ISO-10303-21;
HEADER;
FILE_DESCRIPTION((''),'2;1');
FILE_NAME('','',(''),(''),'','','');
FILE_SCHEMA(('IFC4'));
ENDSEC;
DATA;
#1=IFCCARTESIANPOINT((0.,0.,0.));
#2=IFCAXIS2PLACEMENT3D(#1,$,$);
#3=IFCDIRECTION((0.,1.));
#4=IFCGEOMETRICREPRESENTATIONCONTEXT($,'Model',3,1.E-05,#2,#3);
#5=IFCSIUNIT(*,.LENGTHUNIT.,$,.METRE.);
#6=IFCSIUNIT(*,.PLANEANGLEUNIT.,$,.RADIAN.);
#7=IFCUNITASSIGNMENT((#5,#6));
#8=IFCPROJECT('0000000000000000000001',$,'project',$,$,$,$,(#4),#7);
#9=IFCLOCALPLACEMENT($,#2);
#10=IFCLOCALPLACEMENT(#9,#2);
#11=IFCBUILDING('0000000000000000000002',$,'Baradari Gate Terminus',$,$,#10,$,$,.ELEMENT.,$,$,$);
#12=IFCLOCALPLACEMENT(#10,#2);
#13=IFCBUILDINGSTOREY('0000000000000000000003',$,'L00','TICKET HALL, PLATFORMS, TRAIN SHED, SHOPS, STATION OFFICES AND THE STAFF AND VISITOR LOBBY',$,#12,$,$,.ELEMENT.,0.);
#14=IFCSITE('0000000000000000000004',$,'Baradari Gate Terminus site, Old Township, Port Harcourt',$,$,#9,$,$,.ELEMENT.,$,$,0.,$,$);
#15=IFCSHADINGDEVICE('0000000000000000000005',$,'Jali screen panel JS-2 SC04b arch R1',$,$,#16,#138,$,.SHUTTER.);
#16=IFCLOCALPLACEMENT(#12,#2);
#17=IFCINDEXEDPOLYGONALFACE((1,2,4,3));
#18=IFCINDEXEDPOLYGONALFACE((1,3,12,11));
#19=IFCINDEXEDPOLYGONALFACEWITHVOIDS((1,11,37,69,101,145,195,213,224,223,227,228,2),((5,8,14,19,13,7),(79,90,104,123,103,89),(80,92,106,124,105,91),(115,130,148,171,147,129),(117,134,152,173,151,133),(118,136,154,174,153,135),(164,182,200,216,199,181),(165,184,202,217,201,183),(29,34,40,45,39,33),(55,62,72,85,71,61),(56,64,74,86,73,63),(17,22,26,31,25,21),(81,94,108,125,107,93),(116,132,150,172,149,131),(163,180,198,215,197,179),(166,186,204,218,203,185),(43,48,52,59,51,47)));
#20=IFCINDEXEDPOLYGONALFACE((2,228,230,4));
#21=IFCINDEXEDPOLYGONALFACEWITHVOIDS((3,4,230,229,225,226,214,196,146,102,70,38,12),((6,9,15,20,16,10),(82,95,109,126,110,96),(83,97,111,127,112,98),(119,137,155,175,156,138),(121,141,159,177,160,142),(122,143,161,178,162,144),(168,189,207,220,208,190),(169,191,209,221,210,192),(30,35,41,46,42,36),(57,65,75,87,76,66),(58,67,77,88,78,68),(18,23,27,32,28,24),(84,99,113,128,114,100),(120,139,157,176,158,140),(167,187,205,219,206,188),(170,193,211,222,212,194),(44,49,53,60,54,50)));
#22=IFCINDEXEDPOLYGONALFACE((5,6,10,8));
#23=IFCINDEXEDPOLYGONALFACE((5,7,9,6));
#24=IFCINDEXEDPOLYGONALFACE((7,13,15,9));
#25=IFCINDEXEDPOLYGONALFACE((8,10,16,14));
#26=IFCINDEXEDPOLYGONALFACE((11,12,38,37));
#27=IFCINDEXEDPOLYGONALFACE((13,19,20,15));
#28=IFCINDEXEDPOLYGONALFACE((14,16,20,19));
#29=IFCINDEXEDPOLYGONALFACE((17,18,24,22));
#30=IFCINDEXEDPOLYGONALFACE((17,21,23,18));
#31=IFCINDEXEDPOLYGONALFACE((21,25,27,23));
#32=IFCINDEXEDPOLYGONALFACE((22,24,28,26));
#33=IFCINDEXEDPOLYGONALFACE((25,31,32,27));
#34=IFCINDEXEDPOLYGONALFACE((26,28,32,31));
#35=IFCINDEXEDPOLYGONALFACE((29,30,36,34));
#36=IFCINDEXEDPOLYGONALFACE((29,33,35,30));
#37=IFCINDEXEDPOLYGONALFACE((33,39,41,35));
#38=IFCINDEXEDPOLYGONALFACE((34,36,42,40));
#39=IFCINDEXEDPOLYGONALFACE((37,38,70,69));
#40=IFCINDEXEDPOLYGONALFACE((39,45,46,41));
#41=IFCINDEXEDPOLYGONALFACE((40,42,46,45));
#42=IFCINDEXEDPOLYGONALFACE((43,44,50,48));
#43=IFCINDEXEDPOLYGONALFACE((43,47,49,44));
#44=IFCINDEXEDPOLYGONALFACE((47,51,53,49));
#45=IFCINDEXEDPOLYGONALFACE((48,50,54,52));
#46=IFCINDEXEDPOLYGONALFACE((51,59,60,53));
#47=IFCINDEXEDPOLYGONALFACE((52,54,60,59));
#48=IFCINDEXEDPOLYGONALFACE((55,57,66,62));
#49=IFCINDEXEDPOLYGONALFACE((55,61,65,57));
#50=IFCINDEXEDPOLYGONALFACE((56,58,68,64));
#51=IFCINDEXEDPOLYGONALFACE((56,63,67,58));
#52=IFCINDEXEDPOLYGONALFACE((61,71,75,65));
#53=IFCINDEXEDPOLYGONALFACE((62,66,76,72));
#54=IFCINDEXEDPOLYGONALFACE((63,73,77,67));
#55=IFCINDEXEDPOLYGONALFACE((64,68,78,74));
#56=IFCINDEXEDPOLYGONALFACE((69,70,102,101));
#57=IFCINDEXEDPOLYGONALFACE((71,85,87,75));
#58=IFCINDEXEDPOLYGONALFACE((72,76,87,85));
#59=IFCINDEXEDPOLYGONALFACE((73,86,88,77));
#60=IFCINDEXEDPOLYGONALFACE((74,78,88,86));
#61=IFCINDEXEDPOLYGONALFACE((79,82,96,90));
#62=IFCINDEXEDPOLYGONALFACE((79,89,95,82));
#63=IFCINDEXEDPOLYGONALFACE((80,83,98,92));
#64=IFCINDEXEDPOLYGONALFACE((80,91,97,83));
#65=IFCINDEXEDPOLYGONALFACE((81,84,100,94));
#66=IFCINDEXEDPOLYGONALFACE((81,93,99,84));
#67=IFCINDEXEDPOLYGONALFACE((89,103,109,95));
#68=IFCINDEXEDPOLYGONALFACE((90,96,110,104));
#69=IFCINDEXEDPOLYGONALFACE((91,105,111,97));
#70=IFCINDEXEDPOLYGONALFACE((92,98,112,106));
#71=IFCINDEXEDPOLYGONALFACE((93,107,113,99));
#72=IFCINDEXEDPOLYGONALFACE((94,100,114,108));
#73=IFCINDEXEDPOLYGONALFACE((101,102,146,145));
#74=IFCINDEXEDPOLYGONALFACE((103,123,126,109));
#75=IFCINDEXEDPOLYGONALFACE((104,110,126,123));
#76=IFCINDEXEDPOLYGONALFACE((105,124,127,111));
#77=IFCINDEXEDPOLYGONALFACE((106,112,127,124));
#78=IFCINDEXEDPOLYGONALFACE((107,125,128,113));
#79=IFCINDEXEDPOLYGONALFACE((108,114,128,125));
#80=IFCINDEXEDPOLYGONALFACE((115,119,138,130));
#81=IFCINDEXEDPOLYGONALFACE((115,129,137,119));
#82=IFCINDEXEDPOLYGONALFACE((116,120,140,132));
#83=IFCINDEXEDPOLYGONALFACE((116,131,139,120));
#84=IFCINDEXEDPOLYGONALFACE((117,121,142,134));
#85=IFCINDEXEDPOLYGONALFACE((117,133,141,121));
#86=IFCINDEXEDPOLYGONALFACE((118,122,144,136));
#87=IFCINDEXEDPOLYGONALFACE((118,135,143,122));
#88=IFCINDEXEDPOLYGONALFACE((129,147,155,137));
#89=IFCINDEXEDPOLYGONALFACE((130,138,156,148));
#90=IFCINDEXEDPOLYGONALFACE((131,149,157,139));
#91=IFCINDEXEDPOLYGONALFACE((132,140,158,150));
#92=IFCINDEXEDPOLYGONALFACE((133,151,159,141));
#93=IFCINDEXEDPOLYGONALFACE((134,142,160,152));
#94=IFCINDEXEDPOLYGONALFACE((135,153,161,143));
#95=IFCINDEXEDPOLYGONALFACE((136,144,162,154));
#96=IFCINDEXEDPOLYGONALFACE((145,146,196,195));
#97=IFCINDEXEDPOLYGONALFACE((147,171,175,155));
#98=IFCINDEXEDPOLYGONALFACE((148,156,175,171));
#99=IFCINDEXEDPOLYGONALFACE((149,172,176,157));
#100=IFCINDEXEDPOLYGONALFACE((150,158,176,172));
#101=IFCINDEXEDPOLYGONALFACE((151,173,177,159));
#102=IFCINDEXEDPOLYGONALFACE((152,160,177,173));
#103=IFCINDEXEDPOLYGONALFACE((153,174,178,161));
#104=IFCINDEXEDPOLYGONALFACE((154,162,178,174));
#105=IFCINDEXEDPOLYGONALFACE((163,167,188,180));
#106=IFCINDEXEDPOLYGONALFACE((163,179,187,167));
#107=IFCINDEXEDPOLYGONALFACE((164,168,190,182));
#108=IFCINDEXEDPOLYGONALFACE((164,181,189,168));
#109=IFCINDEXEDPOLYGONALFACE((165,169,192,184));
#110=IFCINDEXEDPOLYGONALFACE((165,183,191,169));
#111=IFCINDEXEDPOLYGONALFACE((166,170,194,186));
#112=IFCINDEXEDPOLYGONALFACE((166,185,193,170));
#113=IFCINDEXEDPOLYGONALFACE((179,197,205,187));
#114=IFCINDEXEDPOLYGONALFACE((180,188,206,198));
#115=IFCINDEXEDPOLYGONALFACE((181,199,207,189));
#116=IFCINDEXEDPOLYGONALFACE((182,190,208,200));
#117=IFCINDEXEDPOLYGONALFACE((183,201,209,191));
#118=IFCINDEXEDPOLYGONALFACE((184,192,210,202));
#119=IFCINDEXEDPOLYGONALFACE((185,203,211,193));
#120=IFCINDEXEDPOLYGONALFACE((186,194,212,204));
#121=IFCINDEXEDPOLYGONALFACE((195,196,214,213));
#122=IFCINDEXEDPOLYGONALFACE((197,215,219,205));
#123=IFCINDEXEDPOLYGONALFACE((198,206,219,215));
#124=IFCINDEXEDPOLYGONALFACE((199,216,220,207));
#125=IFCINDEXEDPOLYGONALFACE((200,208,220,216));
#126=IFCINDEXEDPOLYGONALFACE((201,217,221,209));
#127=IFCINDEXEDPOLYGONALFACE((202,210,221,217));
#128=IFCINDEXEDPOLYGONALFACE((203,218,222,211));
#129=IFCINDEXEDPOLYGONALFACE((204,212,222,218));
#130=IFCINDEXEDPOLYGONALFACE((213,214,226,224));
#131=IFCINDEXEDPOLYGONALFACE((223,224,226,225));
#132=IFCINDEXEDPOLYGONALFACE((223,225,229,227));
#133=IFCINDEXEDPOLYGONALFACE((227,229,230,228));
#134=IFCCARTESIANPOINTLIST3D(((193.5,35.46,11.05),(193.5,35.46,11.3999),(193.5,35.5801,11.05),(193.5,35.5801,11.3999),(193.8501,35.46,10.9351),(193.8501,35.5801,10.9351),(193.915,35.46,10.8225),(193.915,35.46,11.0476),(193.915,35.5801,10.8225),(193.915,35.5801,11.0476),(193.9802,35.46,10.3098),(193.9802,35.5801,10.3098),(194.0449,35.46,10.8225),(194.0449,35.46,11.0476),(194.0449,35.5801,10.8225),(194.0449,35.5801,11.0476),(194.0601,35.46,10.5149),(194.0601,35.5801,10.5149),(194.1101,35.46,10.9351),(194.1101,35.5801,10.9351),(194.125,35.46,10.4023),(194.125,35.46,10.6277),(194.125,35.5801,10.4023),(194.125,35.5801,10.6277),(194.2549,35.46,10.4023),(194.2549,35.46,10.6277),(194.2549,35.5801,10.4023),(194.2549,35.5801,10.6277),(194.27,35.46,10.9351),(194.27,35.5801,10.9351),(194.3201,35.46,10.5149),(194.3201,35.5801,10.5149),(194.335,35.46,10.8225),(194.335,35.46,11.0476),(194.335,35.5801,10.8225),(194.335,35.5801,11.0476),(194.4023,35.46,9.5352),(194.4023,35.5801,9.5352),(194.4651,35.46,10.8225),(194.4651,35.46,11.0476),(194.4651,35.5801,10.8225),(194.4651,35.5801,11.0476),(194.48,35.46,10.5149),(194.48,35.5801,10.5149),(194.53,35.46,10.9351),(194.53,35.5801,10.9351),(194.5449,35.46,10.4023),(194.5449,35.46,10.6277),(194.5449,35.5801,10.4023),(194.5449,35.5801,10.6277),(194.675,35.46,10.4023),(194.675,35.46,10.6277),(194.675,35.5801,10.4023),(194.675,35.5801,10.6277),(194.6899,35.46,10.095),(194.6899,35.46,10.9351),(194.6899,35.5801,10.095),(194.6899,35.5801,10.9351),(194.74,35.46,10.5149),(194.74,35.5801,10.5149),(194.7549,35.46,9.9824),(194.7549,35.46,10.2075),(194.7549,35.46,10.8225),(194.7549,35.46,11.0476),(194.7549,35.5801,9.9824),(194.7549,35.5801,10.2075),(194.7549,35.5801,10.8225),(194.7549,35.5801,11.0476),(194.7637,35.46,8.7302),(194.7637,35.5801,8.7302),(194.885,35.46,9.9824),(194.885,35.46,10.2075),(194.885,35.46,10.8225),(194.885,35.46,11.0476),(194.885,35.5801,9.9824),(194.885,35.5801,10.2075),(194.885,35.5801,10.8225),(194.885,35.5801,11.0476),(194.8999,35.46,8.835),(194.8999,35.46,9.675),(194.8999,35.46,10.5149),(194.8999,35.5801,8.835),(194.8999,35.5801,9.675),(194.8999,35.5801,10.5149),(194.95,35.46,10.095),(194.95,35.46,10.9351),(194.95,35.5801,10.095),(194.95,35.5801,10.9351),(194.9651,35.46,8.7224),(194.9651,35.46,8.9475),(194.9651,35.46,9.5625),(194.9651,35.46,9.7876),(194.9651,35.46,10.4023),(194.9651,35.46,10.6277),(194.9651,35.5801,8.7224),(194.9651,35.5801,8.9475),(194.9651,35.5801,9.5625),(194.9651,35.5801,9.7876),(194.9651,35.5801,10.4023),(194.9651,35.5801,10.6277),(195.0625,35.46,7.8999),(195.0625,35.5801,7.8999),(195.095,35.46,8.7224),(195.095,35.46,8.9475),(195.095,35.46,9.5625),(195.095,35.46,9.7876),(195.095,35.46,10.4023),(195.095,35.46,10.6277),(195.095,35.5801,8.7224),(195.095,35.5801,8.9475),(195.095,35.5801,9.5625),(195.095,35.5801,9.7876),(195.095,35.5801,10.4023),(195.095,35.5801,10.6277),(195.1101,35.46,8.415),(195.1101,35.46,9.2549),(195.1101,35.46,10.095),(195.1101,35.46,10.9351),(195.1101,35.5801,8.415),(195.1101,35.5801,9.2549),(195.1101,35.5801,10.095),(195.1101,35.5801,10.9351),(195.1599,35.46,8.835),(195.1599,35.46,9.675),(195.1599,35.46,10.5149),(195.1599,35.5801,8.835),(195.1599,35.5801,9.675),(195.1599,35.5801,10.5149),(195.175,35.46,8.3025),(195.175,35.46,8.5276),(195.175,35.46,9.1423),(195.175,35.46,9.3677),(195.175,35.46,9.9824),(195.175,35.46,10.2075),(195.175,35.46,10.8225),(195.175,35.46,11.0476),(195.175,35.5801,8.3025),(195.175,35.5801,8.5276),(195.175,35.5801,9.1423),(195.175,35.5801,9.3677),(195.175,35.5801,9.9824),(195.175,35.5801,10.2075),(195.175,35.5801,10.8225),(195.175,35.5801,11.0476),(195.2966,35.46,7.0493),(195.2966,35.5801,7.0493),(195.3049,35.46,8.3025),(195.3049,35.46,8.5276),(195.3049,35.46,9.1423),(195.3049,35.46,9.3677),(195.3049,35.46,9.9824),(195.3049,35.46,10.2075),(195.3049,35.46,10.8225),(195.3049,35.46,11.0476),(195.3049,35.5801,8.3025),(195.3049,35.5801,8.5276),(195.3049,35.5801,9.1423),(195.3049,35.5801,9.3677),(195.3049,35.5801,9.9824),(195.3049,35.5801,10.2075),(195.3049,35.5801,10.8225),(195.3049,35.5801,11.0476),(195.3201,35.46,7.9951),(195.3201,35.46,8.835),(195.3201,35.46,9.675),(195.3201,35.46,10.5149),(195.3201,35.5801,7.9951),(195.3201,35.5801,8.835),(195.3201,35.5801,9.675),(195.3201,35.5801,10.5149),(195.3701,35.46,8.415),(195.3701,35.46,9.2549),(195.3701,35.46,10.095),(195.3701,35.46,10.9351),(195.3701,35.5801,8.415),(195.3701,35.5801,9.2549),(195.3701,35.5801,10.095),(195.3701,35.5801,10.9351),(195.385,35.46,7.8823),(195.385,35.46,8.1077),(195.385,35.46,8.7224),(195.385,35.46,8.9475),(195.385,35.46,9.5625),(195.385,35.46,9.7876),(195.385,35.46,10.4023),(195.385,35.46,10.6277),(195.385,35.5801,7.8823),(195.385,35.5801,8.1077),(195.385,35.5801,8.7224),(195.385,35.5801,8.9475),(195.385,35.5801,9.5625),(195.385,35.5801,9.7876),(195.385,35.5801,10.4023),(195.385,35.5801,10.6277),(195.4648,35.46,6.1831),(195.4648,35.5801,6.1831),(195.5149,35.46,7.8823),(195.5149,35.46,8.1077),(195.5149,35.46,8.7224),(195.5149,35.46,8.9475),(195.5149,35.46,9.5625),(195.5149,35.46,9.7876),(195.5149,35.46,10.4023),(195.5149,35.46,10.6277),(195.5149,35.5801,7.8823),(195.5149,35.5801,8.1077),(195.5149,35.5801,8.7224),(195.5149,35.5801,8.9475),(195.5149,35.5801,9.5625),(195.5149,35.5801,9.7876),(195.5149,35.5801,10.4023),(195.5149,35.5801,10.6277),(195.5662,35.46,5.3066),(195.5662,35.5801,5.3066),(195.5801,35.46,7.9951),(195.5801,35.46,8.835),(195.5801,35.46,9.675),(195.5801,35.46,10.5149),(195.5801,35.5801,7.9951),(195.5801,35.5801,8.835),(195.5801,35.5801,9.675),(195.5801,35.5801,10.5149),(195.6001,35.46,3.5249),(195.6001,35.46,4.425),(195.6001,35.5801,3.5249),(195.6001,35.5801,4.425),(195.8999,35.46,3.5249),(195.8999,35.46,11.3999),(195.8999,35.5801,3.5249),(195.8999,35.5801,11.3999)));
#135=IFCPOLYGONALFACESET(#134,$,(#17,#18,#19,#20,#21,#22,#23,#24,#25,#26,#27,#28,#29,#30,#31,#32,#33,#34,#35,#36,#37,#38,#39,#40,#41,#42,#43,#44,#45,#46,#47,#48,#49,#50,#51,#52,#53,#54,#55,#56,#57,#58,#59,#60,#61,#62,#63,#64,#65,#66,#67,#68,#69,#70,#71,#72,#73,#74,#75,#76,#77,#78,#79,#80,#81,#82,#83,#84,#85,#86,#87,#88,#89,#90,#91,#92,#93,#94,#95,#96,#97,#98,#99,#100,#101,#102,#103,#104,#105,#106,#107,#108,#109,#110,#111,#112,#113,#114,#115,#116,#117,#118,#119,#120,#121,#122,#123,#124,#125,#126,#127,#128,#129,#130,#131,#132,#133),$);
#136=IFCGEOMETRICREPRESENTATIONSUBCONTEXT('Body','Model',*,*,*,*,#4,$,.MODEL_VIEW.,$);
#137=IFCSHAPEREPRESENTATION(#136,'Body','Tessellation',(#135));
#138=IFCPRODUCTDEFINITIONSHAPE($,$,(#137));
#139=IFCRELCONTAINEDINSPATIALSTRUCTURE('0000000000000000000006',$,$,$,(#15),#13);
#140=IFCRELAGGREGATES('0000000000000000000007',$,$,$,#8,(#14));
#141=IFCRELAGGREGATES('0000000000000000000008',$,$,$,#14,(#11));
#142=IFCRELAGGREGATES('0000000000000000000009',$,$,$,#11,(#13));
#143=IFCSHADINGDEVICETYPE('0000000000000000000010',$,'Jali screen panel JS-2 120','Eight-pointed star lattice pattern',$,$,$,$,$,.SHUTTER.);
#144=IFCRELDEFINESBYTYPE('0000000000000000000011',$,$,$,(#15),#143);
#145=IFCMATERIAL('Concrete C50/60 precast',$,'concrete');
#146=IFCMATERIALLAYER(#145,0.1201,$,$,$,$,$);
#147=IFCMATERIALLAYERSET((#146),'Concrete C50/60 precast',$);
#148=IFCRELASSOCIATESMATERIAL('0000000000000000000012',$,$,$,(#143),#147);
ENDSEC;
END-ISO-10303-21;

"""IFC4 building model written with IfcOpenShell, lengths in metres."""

from ifc_helpers import new_model, si_unit, direction, frame, origin, place, context, subcontext, project, spatial, polyline, outline, extrude, material, layer, layer_set, type_object, element, save


model = new_model("IFC4")

# Units and contexts
model_context = context("Model", 3, precision=1e-05, world=origin(), true_north=direction((0.0, 1.0)))
body_context = subcontext(model_context, "Body", "Model", "MODEL_VIEW")
ifc_project = project(units=[si_unit("LENGTHUNIT", "METRE"), si_unit("PLANEANGLEUNIT", "RADIAN")], contexts=[model_context])

# Site, building, storey
site_placement = place(None, origin())
site = spatial("IfcSite", under=ifc_project, at=site_placement, Name="Baradari Gate Terminus site, Old Township, Port Harcourt", CompositionType="ELEMENT", RefElevation=0.0)
building_placement = place(site_placement, origin())
building = spatial("IfcBuilding", under=site, at=building_placement, Name="Baradari Gate Terminus", CompositionType="ELEMENT")
storey_placement = place(building_placement, origin())
storey = spatial("IfcBuildingStorey", under=building, at=storey_placement, Name="L00", Description="TICKET HALL, PLATFORMS, TRAIN SHED, SHOPS, STATION OFFICES AND THE STAFF AND VISITOR LOBBY", CompositionType="ELEMENT", Elevation=0.0)

# Shading device
ifc_material_1 = material(Name="Concrete C50/60 precast", Category="concrete")
ifc_layer_1 = layer(ifc_material_1, 0.1201)
ifc_layer_set_1 = layer_set([ifc_layer_1], Name="Concrete C50/60 precast")
shading_device_type = type_object("IfcShadingDeviceType", Name="Jali screen panel JS-2 120", Description="Eight-pointed star lattice pattern", PredefinedType="SHUTTER", material=ifc_layer_set_1)
shading_device_1_placement = place(storey_placement, frame((193.5, 35.52, 3.5249), z_axis=(0.0, 0.0, 1.0), x_axis=(1.0, 0.0, 0.0)))
element("IfcShadingDevice", 1, at=shading_device_1_placement, inside=storey, type_object=shading_device_type, Name="Jali screen panel JS-2 SC04b arch R1", PredefinedType="SHUTTER", context=body_context, shape_type="SweptSolid", body=[
    extrude(outline(polyline([(0.0, 7.875), (0.0, 7.5251), (0.4802, 6.7849), (0.9023, 6.0103), (1.2637, 5.2053), (1.5625, 4.375), (1.7966, 3.5244), (1.9648, 2.6582), (2.0662, 1.7817), (2.1001, 0.9001), (2.1001, 0.0), (2.3999, 0.0), (2.3999, 7.875), (0.0, 7.875)]), holes=[polyline([(2.0801, 4.4702), (2.0149, 4.3574), (1.885, 4.3574), (1.8201, 4.4702), (1.885, 4.5828), (2.0149, 4.5828), (2.0801, 4.4702)]), polyline([(1.8701, 4.8901), (1.8049, 4.7776), (1.675, 4.7776), (1.6101, 4.8901), (1.675, 5.0027), (1.8049, 5.0027), (1.8701, 4.8901)]), polyline([(1.6599, 5.3101), (1.595, 5.1975), (1.4651, 5.1975), (1.3999, 5.3101), (1.4651, 5.4226), (1.595, 5.4226), (1.6599, 5.3101)]), polyline([(2.0801, 5.3101), (2.0149, 5.1975), (1.885, 5.1975), (1.8201, 5.3101), (1.885, 5.4226), (2.0149, 5.4226), (2.0801, 5.3101)]), polyline([(1.8701, 5.73), (1.8049, 5.6174), (1.675, 5.6174), (1.6101, 5.73), (1.675, 5.8428), (1.8049, 5.8428), (1.8701, 5.73)]), polyline([(1.6599, 6.1501), (1.595, 6.0376), (1.4651, 6.0376), (1.3999, 6.1501), (1.4651, 6.2627), (1.595, 6.2627), (1.6599, 6.1501)]), polyline([(2.0801, 6.1501), (2.0149, 6.0376), (1.885, 6.0376), (1.8201, 6.1501), (1.885, 6.2627), (2.0149, 6.2627), (2.0801, 6.1501)]), polyline([(1.45, 6.5701), (1.385, 6.4575), (1.2549, 6.4575), (1.1899, 6.5701), (1.2549, 6.6826), (1.385, 6.6826), (1.45, 6.5701)]), polyline([(1.8701, 6.5701), (1.8049, 6.4575), (1.675, 6.4575), (1.6101, 6.5701), (1.675, 6.6826), (1.8049, 6.6826), (1.8701, 6.5701)]), polyline([(0.8201, 6.99), (0.7549, 6.8774), (0.625, 6.8774), (0.5601, 6.99), (0.625, 7.1028), (0.7549, 7.1028), (0.8201, 6.99)]), polyline([(1.24, 6.99), (1.175, 6.8774), (1.0449, 6.8774), (0.98, 6.99), (1.0449, 7.1028), (1.175, 7.1028), (1.24, 6.99)]), polyline([(1.6599, 6.99), (1.595, 6.8774), (1.4651, 6.8774), (1.3999, 6.99), (1.4651, 7.1028), (1.595, 7.1028), (1.6599, 6.99)]), polyline([(2.0801, 6.99), (2.0149, 6.8774), (1.885, 6.8774), (1.8201, 6.99), (1.885, 7.1028), (2.0149, 7.1028), (2.0801, 6.99)]), polyline([(0.6101, 7.4102), (0.5449, 7.2976), (0.415, 7.2976), (0.3501, 7.4102), (0.415, 7.5227), (0.5449, 7.5227), (0.6101, 7.4102)]), polyline([(1.03, 7.4102), (0.9651, 7.2976), (0.835, 7.2976), (0.77, 7.4102), (0.835, 7.5227), (0.9651, 7.5227), (1.03, 7.4102)]), polyline([(1.45, 7.4102), (1.385, 7.2976), (1.2549, 7.2976), (1.1899, 7.4102), (1.2549, 7.5227), (1.385, 7.5227), (1.45, 7.4102)]), polyline([(1.8701, 7.4102), (1.8049, 7.2976), (1.675, 7.2976), (1.6101, 7.4102), (1.675, 7.5227), (1.8049, 7.5227), (1.8701, 7.4102)])]), frame((0.0, 0.0601, 0.0), z_axis=(0.0, -1.0, 0.0), x_axis=(1.0, 0.0, 0.0)), (0.0, 0.0, 1.0), 0.1201),
])

save(model, "model.ifc")
